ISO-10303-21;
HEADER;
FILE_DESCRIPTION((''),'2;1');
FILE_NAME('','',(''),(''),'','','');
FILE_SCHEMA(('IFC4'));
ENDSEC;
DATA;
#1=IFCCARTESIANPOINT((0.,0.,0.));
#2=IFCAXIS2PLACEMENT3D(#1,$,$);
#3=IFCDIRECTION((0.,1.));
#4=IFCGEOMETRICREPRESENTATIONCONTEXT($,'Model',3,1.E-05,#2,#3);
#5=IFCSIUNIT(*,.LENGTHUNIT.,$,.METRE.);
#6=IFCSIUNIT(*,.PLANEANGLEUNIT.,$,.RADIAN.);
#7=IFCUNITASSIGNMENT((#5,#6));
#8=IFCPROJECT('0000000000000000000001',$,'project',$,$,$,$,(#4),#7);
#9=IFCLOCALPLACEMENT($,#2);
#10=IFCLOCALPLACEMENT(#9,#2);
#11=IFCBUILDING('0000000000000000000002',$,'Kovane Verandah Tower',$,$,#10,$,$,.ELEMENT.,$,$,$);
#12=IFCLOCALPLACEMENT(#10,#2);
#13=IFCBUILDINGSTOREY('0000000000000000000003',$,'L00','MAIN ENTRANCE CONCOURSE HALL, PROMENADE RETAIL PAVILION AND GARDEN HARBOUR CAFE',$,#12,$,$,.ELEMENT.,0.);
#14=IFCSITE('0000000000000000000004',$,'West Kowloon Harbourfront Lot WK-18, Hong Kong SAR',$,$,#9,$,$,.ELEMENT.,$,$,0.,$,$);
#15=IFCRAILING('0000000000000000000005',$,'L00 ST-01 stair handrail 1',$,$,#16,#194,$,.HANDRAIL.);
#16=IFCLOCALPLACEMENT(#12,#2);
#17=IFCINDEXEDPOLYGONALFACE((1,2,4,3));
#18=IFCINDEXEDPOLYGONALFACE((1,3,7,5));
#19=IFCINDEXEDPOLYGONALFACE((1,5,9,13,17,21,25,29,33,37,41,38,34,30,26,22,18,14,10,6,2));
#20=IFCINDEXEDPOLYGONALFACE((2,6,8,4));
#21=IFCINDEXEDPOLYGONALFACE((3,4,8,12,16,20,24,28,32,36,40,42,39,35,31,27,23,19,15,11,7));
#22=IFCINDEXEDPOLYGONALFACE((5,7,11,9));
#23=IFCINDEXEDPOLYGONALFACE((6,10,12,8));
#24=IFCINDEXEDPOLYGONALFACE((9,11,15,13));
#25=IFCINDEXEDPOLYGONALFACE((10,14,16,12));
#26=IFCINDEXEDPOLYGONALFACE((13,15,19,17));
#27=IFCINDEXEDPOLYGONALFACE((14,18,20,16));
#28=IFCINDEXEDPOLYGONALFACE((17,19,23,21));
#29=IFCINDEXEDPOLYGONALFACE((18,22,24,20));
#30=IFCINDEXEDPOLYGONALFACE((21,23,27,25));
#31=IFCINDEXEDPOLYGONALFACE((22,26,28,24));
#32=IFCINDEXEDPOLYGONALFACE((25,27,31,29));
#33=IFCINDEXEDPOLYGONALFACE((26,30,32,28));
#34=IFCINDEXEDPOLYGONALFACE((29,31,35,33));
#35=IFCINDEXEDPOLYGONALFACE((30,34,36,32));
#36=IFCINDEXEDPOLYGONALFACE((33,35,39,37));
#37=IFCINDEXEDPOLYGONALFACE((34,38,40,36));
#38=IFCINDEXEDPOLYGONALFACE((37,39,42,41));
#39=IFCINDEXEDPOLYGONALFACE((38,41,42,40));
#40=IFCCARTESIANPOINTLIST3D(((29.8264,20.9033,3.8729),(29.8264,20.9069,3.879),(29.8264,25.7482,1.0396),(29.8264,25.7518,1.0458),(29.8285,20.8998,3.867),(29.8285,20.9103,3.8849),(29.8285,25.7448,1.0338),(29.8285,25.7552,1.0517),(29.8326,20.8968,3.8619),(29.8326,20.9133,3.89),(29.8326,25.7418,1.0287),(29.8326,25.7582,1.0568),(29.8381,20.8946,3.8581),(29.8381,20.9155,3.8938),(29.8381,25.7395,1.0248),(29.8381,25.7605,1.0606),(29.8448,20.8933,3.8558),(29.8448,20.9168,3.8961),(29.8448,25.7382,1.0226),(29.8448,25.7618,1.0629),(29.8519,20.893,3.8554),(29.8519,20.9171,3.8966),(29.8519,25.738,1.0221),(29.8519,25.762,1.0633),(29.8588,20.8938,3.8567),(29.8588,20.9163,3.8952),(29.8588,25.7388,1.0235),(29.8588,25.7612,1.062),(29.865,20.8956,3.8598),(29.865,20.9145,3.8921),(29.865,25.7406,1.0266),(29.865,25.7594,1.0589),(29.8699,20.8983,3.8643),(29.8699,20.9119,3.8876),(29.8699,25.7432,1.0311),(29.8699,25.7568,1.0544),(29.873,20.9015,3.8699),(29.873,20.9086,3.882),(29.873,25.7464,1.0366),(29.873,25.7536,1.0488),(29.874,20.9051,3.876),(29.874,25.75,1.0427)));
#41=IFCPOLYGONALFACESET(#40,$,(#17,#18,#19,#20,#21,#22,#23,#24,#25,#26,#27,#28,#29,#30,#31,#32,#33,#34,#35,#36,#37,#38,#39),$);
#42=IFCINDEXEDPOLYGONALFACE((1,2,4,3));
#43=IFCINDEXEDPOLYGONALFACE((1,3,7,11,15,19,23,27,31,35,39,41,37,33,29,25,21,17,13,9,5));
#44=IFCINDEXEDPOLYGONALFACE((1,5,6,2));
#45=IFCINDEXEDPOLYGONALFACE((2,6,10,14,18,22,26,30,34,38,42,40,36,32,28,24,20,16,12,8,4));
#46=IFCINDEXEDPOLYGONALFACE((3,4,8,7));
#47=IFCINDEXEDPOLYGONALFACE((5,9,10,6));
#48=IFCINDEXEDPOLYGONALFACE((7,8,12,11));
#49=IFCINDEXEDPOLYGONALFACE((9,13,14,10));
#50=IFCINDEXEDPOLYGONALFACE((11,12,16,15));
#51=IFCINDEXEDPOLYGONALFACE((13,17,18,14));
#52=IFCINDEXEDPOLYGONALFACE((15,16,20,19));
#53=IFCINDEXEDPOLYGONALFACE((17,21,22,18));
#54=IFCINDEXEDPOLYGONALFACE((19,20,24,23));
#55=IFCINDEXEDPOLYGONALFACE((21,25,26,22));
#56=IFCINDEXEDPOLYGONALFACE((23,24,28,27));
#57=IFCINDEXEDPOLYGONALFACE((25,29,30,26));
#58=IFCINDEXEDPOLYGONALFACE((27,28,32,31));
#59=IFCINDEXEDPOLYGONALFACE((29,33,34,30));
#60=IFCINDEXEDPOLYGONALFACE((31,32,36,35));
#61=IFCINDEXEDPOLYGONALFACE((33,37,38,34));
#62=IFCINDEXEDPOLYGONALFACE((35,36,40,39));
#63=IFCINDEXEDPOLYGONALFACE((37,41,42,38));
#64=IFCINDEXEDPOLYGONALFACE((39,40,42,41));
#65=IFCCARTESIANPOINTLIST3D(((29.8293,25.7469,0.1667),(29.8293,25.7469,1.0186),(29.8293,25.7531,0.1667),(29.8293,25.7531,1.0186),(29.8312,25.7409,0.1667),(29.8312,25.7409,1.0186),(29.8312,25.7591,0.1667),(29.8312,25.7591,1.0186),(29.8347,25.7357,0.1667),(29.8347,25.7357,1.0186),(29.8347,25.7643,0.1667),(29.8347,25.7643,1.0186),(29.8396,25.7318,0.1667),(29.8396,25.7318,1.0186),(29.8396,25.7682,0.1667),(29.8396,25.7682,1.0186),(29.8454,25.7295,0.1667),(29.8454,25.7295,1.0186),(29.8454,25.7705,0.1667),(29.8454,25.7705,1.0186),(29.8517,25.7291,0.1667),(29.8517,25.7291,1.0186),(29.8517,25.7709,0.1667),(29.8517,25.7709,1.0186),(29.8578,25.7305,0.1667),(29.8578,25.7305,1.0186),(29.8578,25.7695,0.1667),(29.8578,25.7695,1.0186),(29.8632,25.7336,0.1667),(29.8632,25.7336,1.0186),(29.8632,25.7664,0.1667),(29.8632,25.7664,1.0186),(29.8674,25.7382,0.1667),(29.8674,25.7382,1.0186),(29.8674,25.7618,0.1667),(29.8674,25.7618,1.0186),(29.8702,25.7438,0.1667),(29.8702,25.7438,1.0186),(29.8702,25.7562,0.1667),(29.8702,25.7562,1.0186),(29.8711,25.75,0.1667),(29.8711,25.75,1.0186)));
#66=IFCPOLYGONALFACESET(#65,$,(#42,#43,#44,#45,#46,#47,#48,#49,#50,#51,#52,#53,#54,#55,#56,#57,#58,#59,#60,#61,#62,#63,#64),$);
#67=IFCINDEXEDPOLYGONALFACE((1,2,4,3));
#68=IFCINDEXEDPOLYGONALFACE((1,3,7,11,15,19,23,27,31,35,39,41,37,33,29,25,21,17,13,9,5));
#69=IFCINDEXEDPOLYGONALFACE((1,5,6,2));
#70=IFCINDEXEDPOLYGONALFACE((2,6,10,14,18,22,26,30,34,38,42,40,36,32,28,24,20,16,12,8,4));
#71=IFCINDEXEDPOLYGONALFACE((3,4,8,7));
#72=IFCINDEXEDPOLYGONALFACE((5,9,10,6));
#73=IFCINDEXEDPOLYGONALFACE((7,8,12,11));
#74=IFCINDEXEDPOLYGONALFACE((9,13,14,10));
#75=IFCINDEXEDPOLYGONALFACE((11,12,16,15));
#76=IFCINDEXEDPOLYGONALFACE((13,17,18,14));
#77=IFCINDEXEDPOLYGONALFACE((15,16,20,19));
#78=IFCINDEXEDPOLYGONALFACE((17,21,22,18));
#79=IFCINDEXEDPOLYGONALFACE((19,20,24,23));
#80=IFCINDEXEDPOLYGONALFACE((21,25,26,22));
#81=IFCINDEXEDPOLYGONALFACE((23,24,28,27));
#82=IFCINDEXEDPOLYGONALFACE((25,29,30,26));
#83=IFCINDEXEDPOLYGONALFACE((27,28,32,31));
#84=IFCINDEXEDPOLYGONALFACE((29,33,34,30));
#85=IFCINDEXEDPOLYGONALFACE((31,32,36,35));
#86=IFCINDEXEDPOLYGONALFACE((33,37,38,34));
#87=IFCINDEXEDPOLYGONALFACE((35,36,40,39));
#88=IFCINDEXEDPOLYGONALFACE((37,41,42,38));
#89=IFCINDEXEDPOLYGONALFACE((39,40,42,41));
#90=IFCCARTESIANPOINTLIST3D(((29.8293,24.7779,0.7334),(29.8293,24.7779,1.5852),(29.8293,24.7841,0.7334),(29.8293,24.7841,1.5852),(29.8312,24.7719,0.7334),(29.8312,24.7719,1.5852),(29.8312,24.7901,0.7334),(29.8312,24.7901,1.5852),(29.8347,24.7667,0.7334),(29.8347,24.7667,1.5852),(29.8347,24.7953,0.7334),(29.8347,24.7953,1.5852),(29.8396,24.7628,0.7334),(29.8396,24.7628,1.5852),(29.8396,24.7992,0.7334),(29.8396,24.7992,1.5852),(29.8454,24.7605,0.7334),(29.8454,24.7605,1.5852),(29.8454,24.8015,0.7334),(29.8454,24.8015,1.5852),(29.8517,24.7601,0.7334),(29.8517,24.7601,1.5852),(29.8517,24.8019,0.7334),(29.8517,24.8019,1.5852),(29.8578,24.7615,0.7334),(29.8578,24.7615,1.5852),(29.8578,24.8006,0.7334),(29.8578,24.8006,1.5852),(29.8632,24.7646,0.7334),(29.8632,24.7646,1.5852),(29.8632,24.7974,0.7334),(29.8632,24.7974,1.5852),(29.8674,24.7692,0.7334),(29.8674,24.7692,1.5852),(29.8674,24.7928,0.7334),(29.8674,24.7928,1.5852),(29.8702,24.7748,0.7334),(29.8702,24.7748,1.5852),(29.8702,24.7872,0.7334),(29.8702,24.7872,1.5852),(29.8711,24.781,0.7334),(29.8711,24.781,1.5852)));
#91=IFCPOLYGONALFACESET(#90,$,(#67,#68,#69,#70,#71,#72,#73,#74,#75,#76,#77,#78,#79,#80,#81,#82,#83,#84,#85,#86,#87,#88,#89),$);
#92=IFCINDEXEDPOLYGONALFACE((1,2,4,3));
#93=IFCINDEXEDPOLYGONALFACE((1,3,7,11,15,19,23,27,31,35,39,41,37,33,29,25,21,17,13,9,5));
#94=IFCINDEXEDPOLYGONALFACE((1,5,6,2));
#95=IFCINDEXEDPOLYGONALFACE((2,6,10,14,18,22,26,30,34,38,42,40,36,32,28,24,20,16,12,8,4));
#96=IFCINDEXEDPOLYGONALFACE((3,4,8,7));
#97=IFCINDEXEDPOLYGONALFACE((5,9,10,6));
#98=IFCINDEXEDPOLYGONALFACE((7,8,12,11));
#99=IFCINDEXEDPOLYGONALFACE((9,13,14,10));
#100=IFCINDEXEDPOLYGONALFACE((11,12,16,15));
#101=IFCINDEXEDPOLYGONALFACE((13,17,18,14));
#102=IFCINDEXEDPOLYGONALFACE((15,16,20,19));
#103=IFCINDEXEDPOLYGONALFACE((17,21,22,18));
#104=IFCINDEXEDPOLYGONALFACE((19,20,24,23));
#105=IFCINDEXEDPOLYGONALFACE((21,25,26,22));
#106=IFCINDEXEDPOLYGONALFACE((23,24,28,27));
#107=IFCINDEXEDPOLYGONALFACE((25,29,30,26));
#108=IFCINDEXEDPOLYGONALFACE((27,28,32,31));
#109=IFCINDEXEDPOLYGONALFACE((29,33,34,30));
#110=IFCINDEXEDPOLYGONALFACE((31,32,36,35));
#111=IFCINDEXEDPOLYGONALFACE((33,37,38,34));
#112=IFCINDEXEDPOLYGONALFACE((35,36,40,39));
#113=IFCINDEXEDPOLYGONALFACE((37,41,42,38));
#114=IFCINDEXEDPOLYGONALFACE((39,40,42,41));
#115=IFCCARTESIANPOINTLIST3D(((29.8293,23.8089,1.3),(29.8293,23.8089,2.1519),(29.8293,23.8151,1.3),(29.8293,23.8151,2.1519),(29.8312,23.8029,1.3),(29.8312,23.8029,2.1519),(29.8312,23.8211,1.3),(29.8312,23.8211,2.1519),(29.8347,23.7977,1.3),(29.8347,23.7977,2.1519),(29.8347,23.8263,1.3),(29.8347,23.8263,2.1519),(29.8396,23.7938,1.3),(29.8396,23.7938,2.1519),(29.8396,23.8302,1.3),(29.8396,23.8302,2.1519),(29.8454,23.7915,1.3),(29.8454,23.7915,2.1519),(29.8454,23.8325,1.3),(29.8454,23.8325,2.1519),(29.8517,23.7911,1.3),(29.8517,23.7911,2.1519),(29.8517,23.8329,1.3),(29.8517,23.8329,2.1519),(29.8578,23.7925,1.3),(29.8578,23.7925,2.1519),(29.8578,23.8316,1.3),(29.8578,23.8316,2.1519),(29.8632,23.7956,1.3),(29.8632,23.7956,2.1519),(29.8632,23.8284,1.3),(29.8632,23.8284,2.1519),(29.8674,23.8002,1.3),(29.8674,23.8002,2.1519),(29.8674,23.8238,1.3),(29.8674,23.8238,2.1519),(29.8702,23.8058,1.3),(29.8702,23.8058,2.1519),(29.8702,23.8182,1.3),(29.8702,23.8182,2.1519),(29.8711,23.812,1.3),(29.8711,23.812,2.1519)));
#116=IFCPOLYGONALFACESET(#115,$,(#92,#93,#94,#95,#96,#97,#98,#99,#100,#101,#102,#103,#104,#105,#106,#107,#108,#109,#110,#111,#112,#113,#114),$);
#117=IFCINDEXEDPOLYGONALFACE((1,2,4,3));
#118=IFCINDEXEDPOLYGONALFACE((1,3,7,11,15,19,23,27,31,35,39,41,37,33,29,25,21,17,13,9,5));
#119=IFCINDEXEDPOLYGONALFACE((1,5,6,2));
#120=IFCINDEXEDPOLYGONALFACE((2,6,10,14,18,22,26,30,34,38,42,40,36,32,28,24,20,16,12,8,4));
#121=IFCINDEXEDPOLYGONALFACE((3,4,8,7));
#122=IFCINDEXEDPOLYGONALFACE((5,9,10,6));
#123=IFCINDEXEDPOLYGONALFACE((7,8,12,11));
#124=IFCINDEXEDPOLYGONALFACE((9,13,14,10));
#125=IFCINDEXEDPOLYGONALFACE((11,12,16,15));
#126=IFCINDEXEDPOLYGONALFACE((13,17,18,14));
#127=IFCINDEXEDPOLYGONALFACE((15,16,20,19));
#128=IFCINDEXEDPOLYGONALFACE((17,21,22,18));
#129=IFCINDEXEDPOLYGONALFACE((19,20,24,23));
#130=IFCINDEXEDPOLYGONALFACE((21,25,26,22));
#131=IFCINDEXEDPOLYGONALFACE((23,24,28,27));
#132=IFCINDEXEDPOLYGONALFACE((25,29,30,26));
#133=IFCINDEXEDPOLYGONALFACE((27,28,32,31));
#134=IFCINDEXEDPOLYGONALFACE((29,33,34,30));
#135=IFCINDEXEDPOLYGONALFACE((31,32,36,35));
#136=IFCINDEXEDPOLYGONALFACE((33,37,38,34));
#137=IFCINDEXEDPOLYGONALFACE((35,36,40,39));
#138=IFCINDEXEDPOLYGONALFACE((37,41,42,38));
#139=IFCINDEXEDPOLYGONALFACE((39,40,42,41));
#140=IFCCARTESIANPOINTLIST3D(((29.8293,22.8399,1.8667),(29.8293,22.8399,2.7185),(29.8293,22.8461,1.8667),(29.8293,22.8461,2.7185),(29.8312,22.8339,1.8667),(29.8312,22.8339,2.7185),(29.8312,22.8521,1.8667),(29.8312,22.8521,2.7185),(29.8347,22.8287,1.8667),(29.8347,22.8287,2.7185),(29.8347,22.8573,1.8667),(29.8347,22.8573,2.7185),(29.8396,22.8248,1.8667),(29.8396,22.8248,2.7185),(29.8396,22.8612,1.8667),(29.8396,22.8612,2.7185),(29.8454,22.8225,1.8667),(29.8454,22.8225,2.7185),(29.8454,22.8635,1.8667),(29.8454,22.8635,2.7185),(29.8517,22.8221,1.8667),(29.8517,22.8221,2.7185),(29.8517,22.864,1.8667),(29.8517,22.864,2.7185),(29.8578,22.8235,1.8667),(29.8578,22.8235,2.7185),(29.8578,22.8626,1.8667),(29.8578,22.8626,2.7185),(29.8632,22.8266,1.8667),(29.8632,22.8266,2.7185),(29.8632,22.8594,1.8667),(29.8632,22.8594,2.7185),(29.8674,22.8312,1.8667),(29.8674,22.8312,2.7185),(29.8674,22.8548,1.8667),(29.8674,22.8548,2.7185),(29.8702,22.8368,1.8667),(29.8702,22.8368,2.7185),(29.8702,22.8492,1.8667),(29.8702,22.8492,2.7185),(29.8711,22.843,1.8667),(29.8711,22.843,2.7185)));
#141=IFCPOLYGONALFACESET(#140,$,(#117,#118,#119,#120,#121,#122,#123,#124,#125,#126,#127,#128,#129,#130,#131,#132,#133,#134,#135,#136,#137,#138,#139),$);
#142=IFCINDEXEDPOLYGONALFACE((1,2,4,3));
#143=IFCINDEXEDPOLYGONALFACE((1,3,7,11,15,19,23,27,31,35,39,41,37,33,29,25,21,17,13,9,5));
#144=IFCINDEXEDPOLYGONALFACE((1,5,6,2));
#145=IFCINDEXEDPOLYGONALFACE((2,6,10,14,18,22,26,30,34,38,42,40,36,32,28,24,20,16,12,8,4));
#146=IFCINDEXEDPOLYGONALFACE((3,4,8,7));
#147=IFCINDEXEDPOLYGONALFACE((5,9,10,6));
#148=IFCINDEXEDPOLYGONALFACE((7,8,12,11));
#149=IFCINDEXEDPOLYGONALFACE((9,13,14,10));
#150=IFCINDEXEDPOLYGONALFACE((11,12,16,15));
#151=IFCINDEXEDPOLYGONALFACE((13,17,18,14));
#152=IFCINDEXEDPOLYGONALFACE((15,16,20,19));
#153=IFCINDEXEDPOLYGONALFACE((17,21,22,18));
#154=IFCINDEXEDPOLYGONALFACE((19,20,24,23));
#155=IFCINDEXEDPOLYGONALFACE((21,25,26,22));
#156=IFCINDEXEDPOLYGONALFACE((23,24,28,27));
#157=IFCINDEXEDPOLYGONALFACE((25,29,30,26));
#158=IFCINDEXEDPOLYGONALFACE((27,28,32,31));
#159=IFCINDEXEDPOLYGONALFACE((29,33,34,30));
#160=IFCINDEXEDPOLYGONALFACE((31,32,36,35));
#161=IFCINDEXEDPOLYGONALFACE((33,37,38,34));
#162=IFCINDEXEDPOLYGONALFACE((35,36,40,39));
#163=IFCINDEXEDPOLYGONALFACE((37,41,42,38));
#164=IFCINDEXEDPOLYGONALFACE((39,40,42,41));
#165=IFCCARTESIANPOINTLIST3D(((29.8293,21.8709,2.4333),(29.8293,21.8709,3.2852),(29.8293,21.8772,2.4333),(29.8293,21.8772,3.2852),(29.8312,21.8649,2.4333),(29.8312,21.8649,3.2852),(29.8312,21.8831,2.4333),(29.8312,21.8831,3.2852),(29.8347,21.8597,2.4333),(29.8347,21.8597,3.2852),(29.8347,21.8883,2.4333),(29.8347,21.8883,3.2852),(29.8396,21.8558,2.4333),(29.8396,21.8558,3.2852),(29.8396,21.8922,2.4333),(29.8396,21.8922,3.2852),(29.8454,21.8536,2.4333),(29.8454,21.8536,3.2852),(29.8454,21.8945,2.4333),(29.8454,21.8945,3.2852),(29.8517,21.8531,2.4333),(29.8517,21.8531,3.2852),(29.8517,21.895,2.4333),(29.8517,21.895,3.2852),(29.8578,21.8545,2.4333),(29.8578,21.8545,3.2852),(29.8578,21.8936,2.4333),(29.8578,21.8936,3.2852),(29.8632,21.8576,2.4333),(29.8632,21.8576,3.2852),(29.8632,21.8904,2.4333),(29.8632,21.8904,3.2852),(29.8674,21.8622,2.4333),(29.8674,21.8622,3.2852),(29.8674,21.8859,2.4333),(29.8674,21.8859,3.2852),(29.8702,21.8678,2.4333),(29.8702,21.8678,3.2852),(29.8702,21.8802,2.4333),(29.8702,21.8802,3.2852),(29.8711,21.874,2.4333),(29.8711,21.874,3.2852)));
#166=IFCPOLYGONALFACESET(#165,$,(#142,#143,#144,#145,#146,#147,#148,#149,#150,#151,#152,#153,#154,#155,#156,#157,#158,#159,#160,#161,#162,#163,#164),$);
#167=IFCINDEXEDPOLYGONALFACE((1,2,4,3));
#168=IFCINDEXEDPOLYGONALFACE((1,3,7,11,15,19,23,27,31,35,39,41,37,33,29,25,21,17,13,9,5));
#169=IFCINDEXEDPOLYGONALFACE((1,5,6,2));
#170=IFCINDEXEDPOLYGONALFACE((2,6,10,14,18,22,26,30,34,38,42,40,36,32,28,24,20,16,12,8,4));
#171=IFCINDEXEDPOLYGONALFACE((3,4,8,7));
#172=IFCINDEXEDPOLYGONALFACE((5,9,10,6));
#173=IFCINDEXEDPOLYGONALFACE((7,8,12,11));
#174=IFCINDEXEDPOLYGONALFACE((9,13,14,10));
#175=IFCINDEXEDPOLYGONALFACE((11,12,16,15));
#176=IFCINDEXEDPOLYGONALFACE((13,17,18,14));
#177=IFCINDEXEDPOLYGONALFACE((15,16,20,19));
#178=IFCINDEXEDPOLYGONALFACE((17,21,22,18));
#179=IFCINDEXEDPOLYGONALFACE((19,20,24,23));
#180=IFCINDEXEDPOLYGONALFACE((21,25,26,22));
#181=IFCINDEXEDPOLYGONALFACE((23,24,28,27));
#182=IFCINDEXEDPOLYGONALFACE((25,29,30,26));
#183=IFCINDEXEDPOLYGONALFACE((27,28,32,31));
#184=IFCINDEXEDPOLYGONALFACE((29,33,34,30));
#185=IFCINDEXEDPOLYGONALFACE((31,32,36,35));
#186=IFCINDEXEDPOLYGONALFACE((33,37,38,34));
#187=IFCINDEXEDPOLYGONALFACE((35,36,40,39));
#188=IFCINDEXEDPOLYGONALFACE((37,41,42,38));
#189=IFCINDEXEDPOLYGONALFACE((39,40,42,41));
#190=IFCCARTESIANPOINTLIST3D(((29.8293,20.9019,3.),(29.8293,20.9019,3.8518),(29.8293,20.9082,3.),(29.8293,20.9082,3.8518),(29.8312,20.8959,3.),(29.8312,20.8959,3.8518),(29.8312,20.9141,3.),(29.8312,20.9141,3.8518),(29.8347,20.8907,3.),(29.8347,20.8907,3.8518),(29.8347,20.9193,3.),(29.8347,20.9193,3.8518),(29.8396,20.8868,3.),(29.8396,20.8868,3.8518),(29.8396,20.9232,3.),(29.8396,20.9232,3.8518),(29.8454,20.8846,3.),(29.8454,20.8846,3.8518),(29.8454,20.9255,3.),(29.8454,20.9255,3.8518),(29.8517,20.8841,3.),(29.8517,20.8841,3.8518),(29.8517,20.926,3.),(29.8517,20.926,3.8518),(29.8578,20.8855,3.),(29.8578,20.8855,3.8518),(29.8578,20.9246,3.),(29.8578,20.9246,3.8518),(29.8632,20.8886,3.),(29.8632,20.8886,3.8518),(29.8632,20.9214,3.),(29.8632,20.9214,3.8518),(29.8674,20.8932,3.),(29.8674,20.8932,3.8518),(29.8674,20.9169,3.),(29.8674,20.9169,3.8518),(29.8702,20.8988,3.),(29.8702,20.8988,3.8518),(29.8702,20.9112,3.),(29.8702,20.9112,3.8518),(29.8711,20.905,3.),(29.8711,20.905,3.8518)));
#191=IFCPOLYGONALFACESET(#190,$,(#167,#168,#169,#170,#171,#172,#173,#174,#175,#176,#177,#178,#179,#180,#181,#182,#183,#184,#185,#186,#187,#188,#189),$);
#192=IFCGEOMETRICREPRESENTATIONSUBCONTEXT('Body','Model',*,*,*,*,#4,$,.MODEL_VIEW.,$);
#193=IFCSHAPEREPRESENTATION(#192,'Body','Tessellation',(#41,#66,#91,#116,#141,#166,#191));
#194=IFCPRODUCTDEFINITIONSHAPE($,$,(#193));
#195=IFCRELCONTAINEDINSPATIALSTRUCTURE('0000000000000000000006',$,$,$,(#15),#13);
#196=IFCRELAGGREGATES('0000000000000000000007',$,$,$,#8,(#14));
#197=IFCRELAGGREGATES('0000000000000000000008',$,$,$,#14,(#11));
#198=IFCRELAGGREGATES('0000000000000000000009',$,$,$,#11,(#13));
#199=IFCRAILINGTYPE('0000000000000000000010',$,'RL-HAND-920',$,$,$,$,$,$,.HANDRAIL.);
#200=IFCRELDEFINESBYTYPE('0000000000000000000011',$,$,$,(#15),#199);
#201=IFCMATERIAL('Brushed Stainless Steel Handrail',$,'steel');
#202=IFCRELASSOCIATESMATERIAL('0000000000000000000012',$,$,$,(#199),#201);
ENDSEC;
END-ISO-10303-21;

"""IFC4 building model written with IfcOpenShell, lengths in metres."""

from ifc_helpers import new_model, si_unit, direction, frame, origin, origin_2d, place, context, subcontext, project, spatial, circle, extrude, material, type_object, element, save


model = new_model("IFC4")

# Units and contexts
model_context = context("Model", 3, precision=1e-05, world=origin(), true_north=direction((0.0, 1.0)))
body_context = subcontext(model_context, "Body", "Model", "MODEL_VIEW")
ifc_project = project(units=[si_unit("LENGTHUNIT", "METRE"), si_unit("PLANEANGLEUNIT", "RADIAN")], contexts=[model_context])

# Site, building, storey
site_placement = place(None, origin())
site = spatial("IfcSite", under=ifc_project, at=site_placement, Name="West Kowloon Harbourfront Lot WK-18, Hong Kong SAR", CompositionType="ELEMENT", RefElevation=0.0)
building_placement = place(site_placement, origin())
building = spatial("IfcBuilding", under=site, at=building_placement, Name="Kovane Verandah Tower", CompositionType="ELEMENT")
storey_placement = place(building_placement, origin())
storey = spatial("IfcBuildingStorey", under=building, at=storey_placement, Name="L00", Description="MAIN ENTRANCE CONCOURSE HALL, PROMENADE RETAIL PAVILION AND GARDEN HARBOUR CAFE", CompositionType="ELEMENT", Elevation=0.0)

# Railing
ifc_material_1 = material(Name="Brushed Stainless Steel Handrail", Category="steel")
railing_type_1 = type_object("IfcRailingType", Name="RL-HAND-920", PredefinedType="HANDRAIL", material=ifc_material_1)
railing_1_placement = place(storey_placement, frame((29.8501, 25.75, 0.1667)))
element("IfcRailing", 1, at=railing_1_placement, inside=storey, type_object=railing_type_1, Name="L00 ST-01 stair handrail 1", PredefinedType="HANDRAIL", context=body_context, shape_type="SweptSolid", body=[
    extrude(circle(Radius=0.0239, at=origin_2d()), frame((0.0, 0.0, 0.876), z_axis=(0.0, -0.863234, 0.504804), x_axis=(1.0, 0.0, 0.0)), (0.0, 0.0, 1.0), 5.6125),
    extrude(circle(Radius=0.021, at=origin_2d()), origin(), (0.0, 0.0, 1.0), 0.8518),
    extrude(circle(Radius=0.021, at=origin_2d()), frame((0.0, -0.969, 0.5667)), (0.0, 0.0, 1.0), 0.8518),
    extrude(circle(Radius=0.021, at=origin_2d()), frame((0.0, -1.938, 1.1333)), (0.0, 0.0, 1.0), 0.8518),
    extrude(circle(Radius=0.021, at=origin_2d()), frame((0.0, -2.907, 1.7)), (0.0, 0.0, 1.0), 0.8518),
    extrude(circle(Radius=0.021, at=origin_2d()), frame((0.0, -3.876, 2.2666)), (0.0, 0.0, 1.0), 0.8518),
    extrude(circle(Radius=0.021, at=origin_2d()), frame((0.0, -4.845, 2.8333)), (0.0, 0.0, 1.0), 0.8518),
])

save(model, "model.ifc")
